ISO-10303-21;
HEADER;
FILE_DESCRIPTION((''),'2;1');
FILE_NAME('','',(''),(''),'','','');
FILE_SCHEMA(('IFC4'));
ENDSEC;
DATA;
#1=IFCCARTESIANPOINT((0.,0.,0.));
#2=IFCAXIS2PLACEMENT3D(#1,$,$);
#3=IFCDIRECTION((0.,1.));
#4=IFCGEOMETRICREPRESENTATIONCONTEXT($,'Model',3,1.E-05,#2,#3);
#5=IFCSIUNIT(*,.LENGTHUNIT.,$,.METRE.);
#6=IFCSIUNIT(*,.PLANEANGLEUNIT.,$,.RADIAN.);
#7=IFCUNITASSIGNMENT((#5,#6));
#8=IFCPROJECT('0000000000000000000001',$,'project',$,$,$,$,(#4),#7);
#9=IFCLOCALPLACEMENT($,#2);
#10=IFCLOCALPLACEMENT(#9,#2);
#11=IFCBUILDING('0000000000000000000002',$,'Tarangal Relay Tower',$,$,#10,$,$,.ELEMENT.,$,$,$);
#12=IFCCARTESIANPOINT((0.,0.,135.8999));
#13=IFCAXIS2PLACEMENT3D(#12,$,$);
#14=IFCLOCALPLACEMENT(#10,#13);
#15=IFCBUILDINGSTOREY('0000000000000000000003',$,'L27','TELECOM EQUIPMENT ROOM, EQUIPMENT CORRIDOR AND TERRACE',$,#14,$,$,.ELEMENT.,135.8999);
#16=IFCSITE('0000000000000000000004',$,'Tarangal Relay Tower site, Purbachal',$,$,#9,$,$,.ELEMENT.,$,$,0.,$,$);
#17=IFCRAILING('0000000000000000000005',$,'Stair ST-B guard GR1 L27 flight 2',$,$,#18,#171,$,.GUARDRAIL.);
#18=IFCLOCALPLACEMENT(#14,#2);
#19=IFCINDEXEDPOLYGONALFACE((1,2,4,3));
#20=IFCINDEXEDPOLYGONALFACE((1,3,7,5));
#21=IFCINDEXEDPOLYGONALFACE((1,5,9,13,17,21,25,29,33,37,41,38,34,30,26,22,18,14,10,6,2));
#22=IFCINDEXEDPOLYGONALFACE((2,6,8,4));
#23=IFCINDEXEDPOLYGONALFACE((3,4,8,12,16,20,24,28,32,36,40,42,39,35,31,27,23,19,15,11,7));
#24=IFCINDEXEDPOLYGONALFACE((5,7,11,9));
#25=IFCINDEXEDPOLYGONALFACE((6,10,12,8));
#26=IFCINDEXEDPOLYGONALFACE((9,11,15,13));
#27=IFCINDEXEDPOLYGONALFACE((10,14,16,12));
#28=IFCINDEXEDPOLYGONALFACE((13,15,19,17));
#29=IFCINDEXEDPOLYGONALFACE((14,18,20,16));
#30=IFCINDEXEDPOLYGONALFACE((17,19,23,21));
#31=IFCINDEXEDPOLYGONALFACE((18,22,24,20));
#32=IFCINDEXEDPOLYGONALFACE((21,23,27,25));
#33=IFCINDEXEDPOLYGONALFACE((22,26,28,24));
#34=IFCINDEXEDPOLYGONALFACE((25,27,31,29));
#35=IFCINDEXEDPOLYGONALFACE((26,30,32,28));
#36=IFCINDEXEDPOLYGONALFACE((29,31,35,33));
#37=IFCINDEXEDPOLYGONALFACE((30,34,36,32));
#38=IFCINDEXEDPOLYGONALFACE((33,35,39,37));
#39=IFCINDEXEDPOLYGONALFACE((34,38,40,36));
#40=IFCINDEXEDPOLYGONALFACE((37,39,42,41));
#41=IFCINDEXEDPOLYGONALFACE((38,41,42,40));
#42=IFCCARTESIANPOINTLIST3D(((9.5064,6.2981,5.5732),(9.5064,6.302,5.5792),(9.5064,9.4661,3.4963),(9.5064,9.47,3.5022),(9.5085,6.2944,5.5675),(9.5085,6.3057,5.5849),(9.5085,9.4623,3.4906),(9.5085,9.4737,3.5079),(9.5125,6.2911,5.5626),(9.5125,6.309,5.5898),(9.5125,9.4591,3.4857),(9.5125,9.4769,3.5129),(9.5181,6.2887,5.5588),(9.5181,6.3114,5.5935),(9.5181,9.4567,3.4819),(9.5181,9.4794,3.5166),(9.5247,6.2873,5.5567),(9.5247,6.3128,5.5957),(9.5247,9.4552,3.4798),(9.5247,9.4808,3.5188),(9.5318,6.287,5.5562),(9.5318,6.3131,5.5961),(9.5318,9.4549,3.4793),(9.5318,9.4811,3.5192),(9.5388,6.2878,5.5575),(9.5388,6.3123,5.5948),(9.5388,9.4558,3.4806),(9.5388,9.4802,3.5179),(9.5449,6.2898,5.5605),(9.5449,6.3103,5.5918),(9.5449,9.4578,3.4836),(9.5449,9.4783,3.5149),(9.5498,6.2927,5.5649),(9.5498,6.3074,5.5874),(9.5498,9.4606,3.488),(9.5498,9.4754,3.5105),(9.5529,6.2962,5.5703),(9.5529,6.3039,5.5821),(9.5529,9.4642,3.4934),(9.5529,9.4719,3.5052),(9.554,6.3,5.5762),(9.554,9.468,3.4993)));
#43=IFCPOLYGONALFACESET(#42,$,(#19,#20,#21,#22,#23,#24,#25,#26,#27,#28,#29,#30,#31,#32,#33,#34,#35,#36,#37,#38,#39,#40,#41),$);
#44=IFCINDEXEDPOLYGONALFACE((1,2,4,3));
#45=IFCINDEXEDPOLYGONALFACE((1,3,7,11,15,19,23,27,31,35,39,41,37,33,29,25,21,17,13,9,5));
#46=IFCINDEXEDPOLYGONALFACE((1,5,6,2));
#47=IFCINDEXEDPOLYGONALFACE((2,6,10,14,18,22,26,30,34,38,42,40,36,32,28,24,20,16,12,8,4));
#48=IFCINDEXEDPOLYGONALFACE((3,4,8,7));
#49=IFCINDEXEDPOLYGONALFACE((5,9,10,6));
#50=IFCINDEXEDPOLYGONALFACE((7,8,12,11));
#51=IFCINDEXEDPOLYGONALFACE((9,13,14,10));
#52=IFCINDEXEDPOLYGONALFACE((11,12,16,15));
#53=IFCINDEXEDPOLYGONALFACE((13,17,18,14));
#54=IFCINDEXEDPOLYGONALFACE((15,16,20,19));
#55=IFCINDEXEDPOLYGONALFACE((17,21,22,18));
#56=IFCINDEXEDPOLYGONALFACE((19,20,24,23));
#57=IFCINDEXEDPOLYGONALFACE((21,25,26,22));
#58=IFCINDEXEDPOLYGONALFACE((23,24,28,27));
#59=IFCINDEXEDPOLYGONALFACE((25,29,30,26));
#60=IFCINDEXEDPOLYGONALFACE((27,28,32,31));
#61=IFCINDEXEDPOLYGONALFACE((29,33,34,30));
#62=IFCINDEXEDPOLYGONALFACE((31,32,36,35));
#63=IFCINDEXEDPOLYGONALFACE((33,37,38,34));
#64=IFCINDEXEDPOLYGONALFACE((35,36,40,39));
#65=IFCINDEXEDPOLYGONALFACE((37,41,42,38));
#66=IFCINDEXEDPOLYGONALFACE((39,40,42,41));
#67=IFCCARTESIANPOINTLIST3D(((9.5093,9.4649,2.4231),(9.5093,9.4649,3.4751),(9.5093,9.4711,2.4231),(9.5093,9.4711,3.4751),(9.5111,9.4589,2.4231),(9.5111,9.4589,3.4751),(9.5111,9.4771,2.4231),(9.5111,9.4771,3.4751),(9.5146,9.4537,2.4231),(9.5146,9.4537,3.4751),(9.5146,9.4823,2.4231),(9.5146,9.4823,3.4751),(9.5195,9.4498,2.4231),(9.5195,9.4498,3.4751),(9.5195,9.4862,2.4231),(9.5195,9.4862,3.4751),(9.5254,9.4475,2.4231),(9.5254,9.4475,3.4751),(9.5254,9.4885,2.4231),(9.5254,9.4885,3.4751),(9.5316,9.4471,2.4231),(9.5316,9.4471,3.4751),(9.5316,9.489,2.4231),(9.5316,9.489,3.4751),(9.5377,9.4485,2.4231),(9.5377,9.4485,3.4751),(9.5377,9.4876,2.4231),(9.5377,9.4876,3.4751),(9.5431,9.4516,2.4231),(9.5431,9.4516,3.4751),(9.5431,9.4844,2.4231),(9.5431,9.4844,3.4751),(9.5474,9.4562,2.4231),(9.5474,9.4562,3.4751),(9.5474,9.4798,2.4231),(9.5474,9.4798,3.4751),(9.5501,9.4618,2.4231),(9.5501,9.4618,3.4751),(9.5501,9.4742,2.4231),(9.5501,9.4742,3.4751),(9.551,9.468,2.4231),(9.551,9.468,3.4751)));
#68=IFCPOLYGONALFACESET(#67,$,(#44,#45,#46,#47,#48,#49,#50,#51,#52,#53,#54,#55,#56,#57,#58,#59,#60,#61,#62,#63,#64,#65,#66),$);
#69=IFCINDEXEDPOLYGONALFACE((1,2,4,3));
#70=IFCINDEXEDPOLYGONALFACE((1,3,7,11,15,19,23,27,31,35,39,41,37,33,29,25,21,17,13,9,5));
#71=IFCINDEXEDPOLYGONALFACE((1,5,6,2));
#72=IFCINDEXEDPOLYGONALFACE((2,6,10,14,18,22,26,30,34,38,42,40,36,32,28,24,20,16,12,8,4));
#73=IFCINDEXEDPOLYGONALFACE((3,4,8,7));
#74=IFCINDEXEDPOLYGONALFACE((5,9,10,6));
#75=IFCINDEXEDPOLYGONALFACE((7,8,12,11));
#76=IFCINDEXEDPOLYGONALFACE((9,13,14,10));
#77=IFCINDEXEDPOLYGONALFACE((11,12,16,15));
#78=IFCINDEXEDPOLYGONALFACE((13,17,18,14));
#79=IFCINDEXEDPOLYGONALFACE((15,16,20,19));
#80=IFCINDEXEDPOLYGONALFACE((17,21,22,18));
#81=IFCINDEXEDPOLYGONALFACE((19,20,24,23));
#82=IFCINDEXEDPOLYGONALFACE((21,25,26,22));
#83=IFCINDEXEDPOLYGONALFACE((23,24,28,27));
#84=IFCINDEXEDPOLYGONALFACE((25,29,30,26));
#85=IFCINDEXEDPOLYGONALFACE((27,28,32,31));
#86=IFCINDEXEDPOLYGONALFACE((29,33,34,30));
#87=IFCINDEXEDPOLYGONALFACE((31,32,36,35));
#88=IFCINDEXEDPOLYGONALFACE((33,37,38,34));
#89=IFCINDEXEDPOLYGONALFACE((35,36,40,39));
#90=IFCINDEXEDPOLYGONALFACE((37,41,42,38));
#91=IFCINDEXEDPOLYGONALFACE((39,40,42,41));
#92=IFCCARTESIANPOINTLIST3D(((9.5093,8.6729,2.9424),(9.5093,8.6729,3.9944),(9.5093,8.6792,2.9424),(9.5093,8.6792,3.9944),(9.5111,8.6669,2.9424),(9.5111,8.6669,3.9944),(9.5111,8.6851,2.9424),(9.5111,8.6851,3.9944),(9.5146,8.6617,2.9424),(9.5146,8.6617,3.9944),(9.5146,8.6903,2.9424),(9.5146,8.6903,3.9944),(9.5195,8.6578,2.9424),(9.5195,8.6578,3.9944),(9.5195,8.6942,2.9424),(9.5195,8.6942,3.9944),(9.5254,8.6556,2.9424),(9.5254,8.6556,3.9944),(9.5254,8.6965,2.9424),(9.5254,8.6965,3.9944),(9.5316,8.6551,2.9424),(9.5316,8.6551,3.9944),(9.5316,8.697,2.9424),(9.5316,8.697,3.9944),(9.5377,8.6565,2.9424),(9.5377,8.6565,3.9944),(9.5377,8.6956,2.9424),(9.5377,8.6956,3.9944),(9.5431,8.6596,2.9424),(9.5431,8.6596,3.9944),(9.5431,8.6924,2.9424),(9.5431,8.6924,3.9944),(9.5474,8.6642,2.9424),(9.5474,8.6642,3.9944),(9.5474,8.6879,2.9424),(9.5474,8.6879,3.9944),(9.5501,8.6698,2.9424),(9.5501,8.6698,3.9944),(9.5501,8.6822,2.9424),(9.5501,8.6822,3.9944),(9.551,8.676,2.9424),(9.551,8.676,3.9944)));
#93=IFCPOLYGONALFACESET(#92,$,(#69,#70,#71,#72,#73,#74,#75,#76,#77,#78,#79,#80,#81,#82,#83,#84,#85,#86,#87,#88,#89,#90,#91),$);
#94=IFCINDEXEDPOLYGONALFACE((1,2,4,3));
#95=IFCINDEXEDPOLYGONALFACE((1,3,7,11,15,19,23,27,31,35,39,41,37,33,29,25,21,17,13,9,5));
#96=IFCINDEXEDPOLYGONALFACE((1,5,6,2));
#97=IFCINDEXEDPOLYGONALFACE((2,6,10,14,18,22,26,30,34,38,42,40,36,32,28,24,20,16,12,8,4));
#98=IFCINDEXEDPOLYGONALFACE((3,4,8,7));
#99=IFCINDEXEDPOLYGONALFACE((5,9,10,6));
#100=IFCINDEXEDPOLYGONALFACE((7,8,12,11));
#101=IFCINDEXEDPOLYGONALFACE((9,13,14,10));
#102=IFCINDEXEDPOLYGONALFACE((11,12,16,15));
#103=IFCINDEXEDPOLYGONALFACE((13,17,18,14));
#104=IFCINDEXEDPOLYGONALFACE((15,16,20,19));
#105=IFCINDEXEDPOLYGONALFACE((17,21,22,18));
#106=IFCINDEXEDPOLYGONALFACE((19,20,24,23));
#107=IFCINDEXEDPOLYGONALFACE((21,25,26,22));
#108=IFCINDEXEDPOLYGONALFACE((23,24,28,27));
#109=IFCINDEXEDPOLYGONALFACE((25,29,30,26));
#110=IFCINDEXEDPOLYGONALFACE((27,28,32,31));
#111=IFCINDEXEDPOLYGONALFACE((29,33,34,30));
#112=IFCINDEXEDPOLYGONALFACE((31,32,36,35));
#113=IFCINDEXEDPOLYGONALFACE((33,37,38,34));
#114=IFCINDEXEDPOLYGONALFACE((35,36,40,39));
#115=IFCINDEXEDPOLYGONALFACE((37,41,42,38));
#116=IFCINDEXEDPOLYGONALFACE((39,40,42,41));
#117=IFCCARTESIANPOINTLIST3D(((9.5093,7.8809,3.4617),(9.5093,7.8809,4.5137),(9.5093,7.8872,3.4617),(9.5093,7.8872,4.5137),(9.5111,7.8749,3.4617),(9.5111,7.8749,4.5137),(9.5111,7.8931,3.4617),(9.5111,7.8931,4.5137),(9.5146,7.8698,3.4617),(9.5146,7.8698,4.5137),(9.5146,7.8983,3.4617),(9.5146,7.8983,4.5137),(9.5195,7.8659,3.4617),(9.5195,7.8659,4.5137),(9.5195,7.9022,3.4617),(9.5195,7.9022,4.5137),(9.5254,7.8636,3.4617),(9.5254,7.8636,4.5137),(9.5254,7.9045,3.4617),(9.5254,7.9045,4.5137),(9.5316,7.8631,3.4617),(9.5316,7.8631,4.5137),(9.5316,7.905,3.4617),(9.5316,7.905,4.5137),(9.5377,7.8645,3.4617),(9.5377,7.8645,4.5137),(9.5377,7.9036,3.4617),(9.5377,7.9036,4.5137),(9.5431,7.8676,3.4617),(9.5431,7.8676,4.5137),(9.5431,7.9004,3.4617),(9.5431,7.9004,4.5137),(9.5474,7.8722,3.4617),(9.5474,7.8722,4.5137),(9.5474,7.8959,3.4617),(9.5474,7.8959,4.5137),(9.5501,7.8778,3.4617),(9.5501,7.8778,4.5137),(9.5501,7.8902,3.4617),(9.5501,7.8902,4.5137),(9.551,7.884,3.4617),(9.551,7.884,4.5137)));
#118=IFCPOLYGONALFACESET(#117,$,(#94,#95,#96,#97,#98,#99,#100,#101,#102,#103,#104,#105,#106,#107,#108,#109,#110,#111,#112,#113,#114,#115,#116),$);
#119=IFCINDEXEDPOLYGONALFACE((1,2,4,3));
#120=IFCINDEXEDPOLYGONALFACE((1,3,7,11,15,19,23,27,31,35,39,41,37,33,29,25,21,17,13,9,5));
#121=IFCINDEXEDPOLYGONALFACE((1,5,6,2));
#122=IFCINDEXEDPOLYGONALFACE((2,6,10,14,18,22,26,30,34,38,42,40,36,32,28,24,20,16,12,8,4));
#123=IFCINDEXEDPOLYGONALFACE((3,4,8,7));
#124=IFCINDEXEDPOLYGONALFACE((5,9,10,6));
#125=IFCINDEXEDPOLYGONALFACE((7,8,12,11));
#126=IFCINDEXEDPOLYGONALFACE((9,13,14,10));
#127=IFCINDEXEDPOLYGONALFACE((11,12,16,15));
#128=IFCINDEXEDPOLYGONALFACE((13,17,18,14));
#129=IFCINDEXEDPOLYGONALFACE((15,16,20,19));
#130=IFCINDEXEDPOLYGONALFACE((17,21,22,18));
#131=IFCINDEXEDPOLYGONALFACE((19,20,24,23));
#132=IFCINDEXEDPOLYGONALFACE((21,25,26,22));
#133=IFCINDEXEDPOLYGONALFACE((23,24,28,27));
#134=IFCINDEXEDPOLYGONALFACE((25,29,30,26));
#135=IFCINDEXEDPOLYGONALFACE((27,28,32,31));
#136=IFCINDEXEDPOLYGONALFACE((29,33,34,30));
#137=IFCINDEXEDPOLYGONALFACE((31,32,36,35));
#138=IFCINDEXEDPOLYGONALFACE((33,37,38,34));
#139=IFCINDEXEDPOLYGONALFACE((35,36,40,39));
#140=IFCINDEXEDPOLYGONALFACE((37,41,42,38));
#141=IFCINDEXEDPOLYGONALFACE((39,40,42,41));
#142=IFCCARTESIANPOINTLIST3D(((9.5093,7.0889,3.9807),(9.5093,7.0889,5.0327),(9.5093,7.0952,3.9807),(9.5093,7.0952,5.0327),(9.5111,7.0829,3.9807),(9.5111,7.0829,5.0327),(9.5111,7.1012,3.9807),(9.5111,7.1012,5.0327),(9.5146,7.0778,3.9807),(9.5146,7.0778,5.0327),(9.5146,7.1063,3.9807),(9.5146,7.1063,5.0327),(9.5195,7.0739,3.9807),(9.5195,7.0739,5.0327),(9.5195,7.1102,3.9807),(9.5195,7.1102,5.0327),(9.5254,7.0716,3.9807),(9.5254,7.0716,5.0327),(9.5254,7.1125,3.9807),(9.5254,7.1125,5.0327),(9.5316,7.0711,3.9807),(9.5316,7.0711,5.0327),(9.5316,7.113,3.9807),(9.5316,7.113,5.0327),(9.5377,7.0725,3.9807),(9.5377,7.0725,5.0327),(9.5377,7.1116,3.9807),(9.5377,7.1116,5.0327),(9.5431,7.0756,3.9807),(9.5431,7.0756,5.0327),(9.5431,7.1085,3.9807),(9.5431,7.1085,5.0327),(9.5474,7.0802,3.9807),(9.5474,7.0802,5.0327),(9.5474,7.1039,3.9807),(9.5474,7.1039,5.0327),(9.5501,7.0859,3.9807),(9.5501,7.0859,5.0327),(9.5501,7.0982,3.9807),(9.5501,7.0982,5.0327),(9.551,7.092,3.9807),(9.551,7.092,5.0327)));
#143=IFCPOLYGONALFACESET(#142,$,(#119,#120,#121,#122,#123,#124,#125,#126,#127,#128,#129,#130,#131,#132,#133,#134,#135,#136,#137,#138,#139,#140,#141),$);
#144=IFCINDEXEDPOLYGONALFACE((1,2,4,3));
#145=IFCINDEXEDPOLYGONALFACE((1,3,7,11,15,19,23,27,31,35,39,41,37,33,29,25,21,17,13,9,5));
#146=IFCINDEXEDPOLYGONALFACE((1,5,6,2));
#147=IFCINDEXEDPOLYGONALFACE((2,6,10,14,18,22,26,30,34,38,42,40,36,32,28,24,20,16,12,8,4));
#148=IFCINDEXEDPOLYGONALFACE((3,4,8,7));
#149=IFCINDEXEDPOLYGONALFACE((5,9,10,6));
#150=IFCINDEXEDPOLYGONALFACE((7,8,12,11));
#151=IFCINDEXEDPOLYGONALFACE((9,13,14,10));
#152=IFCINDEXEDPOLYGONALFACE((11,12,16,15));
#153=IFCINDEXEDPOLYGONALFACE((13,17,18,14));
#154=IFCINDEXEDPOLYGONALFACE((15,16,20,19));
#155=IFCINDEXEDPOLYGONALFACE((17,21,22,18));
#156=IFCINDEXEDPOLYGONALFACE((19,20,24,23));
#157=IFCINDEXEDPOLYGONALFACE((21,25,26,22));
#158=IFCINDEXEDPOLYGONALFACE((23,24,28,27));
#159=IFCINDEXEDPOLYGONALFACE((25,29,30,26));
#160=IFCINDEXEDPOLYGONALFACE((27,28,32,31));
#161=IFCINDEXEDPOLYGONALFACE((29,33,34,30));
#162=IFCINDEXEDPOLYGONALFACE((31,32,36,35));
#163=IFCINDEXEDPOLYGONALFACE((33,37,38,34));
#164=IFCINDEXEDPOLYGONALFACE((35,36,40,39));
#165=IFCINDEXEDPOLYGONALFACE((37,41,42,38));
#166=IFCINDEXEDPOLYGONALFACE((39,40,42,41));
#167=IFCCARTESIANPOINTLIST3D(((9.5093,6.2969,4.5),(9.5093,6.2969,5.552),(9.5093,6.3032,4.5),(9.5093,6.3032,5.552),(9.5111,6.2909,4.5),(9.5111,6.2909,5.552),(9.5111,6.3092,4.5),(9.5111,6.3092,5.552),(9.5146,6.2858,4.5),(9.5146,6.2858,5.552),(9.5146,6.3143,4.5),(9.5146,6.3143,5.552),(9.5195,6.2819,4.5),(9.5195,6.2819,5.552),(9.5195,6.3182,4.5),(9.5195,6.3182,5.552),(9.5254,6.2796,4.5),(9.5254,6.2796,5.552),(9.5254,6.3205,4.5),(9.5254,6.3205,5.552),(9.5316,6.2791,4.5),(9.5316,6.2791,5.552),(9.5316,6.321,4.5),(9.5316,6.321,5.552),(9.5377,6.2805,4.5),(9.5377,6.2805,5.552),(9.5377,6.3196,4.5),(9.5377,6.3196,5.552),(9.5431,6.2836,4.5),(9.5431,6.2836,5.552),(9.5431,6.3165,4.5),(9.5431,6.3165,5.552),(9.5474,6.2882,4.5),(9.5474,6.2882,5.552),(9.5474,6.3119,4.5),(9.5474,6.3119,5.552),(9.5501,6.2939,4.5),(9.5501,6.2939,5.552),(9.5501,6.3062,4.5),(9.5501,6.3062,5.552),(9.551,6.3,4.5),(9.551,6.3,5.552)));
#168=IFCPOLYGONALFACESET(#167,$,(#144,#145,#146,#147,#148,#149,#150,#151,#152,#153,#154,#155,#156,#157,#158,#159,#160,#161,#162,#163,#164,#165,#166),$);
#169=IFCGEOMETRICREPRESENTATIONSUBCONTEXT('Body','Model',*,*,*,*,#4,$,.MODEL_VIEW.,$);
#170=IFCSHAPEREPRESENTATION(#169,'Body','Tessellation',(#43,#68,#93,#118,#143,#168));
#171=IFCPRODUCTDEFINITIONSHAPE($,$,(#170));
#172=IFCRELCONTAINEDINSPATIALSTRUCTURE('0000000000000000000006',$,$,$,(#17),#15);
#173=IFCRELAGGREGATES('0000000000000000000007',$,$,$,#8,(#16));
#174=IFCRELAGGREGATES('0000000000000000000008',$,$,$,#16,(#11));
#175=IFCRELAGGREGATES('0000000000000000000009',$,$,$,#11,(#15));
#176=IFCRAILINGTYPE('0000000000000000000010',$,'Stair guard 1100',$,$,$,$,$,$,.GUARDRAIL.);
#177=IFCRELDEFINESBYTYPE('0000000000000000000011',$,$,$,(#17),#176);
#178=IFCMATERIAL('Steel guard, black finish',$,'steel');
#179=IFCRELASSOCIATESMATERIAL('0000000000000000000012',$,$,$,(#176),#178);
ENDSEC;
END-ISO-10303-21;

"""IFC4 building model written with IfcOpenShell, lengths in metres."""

from ifc_helpers import new_model, si_unit, direction, frame, origin, origin_2d, place, context, subcontext, project, spatial, circle, extrude, material, type_object, element, save


model = new_model("IFC4")

# Units and contexts
model_context = context("Model", 3, precision=1e-05, world=origin(), true_north=direction((0.0, 1.0)))
body_context = subcontext(model_context, "Body", "Model", "MODEL_VIEW")
ifc_project = project(units=[si_unit("LENGTHUNIT", "METRE"), si_unit("PLANEANGLEUNIT", "RADIAN")], contexts=[model_context])

# Site, building, storey
site_placement = place(None, origin())
site = spatial("IfcSite", under=ifc_project, at=site_placement, Name="Tarangal Relay Tower site, Purbachal", CompositionType="ELEMENT", RefElevation=0.0)
building_placement = place(site_placement, origin())
building = spatial("IfcBuilding", under=site, at=building_placement, Name="Tarangal Relay Tower", CompositionType="ELEMENT")
storey_placement = place(building_placement, frame((0.0, 0.0, 135.8999)))
storey = spatial("IfcBuildingStorey", under=building, at=storey_placement, Name="L27", Description="TELECOM EQUIPMENT ROOM, EQUIPMENT CORRIDOR AND TERRACE", CompositionType="ELEMENT", Elevation=135.8999)

# Railing
ifc_material_1 = material(Name="Steel guard, black finish", Category="steel")
railing_type_1 = type_object("IfcRailingType", Name="Stair guard 1100", PredefinedType="GUARDRAIL", material=ifc_material_1)
railing_1_placement = place(storey_placement, frame((9.53, 9.468, 2.4231)))
element("IfcRailing", 1, at=railing_1_placement, inside=storey, type_object=railing_type_1, Name="Stair ST-B guard GR1 L27 flight 2", PredefinedType="GUARDRAIL", context=body_context, shape_type="SweptSolid", body=[
    extrude(circle(Radius=0.0239, at=origin_2d()), frame((0.0, 0.0, 1.0762), z_axis=(0.0, -0.836299, 0.548273), x_axis=(1.0, 0.0, 0.0)), (0.0, 0.0, 1.0), 3.7881),
    extrude(circle(Radius=0.021, at=origin_2d()), origin(), (0.0, 0.0, 1.0), 1.052),
    extrude(circle(Radius=0.021, at=origin_2d()), frame((0.0, -0.792, 0.5193)), (0.0, 0.0, 1.0), 1.052),
    extrude(circle(Radius=0.021, at=origin_2d()), frame((0.0, -1.584, 1.0386)), (0.0, 0.0, 1.0), 1.052),
    extrude(circle(Radius=0.021, at=origin_2d()), frame((0.0, -2.376, 1.5576)), (0.0, 0.0, 1.0), 1.052),
    extrude(circle(Radius=0.021, at=origin_2d()), frame((0.0, -3.168, 2.0769)), (0.0, 0.0, 1.0), 1.052),
])

save(model, "model.ifc")
